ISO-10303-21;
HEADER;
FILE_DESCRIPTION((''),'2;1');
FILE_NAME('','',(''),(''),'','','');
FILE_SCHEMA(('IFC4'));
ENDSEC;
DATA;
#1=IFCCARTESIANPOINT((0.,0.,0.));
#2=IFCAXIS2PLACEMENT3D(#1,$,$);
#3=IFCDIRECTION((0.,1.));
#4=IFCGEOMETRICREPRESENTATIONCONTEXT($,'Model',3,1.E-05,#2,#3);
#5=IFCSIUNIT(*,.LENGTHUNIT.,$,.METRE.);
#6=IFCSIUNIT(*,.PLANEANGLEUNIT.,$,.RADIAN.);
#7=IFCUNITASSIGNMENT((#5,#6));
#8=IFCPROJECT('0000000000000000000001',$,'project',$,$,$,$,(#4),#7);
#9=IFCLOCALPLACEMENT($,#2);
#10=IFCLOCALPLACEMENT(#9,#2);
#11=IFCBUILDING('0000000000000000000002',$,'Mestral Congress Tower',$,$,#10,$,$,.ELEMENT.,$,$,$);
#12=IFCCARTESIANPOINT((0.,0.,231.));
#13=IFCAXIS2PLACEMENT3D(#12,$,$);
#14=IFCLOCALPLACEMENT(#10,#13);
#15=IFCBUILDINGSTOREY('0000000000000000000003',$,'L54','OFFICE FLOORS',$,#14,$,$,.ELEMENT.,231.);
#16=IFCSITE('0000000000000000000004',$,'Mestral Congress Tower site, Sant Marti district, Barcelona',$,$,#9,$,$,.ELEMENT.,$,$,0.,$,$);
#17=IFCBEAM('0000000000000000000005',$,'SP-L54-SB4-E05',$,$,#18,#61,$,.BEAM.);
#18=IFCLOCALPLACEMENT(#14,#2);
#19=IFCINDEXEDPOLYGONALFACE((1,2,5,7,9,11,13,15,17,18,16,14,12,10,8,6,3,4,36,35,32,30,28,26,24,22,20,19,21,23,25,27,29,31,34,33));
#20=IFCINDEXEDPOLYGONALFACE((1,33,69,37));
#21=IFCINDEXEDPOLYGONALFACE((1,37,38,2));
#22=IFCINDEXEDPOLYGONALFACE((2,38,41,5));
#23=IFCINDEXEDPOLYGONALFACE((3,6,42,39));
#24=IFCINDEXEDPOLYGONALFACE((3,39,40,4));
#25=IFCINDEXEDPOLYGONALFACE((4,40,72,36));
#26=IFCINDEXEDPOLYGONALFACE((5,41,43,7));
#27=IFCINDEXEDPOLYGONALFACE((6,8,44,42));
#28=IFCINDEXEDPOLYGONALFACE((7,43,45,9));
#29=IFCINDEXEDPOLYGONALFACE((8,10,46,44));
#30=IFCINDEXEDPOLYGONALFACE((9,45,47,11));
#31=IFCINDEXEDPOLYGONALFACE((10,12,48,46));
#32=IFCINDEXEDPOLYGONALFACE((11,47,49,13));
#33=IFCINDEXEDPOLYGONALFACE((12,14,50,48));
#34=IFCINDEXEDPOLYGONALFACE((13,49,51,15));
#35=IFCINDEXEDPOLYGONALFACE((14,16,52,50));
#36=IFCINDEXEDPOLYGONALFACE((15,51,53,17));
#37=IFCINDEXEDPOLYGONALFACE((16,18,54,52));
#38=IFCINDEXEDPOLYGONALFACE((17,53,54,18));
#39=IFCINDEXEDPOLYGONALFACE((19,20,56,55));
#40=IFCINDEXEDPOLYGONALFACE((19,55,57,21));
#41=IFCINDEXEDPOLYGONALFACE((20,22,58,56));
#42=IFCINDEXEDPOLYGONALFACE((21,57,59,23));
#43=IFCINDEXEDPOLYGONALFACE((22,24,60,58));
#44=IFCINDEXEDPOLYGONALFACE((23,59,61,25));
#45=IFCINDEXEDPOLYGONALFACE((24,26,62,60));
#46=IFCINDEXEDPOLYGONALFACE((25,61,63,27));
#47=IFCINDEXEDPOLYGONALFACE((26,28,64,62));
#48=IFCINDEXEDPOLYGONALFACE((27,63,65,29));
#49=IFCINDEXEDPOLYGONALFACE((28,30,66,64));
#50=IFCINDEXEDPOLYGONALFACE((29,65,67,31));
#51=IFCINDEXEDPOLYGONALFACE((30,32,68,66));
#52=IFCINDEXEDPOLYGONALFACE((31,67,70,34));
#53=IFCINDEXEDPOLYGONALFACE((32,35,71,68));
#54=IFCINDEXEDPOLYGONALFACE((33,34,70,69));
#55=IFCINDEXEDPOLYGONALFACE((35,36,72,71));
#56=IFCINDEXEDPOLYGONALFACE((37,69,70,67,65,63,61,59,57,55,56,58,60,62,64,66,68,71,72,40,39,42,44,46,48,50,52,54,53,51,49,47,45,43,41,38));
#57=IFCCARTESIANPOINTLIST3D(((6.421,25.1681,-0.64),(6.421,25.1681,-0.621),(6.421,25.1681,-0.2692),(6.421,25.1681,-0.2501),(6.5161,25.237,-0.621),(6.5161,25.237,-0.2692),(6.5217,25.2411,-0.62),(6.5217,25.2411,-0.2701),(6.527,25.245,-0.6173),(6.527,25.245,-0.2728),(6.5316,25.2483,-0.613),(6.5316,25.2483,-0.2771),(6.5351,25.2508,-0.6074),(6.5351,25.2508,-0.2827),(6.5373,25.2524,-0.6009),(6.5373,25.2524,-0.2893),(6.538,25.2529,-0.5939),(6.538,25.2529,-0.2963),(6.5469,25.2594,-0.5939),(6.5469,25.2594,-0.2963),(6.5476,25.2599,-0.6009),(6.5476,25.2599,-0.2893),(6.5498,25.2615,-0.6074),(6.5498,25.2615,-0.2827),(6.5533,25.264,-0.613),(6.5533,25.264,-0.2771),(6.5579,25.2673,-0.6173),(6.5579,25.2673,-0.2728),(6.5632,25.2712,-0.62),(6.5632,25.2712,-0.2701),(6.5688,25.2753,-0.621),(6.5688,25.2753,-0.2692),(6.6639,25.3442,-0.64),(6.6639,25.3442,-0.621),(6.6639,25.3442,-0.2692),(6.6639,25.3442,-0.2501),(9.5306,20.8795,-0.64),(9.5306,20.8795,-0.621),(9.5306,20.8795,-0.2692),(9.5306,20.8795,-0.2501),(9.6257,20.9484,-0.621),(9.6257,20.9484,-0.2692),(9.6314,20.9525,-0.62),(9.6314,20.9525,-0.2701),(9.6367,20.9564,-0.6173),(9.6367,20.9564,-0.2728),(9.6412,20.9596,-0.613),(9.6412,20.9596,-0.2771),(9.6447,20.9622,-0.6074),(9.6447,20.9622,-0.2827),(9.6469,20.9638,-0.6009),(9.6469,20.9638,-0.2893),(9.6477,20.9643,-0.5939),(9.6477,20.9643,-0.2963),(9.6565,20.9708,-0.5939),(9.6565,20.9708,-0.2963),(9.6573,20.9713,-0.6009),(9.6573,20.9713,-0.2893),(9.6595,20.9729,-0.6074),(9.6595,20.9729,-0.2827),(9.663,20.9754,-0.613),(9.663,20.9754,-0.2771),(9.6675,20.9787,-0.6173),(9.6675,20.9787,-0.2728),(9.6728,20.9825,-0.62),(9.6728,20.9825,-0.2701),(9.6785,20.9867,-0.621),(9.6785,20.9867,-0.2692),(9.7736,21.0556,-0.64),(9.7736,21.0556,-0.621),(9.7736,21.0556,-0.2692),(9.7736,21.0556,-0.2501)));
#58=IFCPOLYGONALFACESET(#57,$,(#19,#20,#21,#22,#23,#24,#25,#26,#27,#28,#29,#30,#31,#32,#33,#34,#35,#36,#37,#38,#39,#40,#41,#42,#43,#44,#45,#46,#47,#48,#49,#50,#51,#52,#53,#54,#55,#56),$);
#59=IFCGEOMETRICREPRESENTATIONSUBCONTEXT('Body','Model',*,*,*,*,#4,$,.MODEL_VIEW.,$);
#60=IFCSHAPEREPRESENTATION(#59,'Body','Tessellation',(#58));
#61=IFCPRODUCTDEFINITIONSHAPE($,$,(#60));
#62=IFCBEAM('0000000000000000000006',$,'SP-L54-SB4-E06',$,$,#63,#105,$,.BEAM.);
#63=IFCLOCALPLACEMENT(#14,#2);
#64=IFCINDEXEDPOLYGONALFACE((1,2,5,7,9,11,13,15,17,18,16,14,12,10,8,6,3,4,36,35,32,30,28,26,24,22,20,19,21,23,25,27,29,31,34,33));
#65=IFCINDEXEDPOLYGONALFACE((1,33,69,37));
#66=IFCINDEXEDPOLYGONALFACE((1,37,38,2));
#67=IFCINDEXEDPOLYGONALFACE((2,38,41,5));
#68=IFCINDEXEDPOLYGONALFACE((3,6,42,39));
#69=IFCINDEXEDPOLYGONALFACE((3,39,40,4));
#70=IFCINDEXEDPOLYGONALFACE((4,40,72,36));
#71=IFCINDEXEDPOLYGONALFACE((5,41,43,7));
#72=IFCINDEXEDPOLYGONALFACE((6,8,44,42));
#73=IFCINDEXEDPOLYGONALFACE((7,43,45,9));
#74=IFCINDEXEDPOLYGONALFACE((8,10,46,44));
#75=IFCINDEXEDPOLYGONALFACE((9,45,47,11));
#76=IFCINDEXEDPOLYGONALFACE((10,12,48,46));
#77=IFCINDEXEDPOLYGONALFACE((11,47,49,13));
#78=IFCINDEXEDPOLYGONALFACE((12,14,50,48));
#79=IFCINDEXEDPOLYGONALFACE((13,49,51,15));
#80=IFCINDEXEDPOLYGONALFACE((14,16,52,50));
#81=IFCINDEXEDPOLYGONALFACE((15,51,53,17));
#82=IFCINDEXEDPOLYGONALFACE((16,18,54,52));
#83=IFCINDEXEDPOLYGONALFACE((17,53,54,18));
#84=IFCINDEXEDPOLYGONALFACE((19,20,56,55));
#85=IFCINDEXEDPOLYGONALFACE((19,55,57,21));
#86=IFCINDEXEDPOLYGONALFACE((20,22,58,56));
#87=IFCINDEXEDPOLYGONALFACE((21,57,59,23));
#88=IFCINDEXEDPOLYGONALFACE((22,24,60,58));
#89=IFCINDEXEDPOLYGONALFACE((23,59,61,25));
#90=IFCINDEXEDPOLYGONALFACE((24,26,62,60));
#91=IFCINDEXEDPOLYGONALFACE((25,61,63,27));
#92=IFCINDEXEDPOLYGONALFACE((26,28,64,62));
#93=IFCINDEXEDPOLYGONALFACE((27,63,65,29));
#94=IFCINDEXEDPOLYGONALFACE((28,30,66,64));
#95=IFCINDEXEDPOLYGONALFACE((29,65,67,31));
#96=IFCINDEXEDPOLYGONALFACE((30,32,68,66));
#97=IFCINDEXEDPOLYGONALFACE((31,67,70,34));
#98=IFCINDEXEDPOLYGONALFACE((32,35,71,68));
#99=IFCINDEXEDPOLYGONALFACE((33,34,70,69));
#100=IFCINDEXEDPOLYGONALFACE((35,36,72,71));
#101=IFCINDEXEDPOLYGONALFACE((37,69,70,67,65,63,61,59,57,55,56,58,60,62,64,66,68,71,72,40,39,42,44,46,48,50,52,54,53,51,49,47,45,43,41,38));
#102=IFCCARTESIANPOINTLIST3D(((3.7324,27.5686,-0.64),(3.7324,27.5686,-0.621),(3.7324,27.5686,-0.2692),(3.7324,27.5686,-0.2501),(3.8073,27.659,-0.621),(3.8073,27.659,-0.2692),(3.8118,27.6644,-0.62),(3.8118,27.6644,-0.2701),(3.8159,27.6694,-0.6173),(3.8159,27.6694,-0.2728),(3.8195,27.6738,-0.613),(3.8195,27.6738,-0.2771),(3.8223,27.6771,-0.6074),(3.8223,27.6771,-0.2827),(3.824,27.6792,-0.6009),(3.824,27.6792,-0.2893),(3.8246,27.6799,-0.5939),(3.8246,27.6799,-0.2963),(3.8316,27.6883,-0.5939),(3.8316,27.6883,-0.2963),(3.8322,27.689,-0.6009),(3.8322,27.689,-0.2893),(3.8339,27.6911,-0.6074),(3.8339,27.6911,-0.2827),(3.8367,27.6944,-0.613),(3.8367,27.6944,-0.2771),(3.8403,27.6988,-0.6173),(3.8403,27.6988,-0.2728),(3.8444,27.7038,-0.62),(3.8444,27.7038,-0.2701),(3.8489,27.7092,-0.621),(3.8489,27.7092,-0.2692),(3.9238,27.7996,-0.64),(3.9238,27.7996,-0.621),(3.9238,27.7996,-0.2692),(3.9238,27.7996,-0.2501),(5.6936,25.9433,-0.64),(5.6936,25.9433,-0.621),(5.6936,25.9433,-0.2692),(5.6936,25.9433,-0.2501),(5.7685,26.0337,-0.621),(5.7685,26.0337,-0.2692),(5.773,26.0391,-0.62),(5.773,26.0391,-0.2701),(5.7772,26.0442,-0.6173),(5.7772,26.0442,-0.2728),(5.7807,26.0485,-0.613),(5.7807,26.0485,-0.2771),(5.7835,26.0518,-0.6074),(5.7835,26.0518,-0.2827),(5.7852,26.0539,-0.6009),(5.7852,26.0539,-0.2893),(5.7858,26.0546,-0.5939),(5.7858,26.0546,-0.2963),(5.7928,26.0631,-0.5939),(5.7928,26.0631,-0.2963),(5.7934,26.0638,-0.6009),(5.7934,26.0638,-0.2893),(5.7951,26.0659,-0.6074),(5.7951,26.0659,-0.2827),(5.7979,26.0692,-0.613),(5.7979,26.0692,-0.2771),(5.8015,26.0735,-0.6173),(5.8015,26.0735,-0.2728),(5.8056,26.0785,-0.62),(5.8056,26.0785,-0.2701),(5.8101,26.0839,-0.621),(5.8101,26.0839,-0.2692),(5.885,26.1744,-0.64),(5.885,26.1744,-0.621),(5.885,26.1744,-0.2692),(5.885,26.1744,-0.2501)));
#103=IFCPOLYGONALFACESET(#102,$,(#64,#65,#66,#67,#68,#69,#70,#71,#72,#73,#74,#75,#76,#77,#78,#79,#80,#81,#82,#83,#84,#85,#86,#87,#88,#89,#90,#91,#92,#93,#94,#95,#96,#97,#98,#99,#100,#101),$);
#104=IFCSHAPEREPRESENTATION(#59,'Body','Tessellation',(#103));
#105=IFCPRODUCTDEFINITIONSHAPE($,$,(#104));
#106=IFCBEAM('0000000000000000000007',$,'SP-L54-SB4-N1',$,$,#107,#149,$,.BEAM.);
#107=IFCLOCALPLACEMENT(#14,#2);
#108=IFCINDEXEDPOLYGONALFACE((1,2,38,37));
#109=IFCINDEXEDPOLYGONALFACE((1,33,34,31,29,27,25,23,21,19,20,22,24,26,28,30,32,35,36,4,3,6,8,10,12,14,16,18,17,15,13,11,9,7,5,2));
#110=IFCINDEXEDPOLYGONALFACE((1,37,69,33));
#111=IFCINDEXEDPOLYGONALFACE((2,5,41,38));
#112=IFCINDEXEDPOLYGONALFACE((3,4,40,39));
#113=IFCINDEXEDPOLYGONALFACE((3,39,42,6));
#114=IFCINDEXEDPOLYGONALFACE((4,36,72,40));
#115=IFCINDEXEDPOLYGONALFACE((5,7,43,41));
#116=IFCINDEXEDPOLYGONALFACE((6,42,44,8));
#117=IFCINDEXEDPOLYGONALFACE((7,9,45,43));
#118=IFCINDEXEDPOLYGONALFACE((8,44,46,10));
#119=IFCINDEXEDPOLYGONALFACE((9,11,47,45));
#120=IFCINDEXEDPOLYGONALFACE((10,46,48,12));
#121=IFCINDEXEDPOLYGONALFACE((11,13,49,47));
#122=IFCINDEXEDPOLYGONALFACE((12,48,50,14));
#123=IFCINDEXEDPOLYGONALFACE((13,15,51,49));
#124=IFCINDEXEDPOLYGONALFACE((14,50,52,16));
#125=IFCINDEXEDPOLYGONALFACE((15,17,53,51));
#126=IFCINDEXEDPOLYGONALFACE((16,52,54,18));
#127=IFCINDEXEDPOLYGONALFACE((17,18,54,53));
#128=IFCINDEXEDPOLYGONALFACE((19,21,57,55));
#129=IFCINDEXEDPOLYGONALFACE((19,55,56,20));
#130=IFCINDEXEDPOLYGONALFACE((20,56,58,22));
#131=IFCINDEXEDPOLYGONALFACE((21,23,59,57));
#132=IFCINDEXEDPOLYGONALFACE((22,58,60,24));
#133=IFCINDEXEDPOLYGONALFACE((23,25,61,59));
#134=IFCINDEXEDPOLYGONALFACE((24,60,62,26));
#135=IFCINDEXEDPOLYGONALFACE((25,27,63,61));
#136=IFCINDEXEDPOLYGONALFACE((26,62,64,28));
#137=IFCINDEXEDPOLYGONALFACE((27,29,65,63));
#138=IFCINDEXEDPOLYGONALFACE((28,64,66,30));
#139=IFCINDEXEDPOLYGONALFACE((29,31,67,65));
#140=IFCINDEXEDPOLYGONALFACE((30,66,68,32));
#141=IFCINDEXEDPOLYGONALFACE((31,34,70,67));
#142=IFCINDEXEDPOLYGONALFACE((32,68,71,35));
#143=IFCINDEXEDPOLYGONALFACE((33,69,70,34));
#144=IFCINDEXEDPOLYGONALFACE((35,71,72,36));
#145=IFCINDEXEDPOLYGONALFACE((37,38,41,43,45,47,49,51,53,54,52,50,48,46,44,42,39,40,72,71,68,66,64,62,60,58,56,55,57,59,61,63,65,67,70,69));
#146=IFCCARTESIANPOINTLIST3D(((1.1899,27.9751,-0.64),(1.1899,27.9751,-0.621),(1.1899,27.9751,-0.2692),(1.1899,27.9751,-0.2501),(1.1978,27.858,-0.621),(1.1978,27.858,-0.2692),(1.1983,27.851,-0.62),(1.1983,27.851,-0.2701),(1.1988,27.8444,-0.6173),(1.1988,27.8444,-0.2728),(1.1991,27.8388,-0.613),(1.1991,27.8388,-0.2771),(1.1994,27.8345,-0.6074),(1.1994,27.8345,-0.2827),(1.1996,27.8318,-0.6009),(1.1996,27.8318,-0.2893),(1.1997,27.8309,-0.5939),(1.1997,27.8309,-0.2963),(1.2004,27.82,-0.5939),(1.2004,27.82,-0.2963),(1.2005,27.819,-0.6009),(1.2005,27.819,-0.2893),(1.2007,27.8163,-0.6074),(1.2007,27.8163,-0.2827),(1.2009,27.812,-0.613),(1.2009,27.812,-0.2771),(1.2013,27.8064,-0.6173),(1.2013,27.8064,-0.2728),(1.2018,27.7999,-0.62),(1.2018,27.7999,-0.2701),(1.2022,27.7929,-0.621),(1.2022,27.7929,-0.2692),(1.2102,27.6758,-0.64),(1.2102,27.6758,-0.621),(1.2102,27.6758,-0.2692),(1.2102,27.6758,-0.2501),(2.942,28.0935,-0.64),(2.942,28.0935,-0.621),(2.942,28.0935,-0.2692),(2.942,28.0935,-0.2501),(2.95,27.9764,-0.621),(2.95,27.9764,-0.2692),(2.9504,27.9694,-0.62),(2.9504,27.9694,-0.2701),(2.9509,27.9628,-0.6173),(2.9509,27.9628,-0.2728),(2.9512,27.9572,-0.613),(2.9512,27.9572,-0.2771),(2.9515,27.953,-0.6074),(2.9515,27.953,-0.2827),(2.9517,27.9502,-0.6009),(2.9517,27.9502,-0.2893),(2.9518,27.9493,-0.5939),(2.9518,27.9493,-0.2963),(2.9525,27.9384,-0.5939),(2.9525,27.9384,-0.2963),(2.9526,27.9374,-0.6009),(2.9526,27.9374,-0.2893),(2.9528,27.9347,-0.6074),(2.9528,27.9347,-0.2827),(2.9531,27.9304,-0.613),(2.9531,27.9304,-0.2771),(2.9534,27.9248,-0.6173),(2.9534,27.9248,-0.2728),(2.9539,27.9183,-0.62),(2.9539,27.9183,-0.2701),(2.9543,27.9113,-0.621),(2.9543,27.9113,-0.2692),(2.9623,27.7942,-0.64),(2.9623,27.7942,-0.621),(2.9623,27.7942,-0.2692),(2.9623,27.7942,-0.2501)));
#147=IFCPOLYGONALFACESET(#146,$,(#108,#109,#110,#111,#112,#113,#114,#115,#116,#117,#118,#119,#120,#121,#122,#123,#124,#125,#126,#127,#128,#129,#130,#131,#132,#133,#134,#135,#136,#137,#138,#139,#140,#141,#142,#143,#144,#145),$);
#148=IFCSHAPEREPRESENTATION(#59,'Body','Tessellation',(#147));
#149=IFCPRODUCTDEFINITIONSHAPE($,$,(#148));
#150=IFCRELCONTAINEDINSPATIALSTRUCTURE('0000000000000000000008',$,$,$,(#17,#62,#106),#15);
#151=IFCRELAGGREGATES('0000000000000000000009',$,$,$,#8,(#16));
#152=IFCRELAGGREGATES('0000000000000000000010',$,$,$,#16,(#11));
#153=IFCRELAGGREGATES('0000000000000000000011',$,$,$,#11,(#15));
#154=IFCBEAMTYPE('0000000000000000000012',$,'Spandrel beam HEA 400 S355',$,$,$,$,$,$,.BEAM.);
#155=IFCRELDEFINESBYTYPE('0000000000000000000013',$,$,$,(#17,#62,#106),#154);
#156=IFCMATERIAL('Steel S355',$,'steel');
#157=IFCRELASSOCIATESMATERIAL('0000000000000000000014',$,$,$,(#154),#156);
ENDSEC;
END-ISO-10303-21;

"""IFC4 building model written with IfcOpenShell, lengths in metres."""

from ifc_helpers import new_model, si_unit, direction, frame, origin, origin_2d, place, context, subcontext, project, spatial, i_section, extrude, material, material_profile, profile_set, type_object, element, save


model = new_model("IFC4")

# Units and contexts
model_context = context("Model", 3, precision=1e-05, world=origin(), true_north=direction((0.0, 1.0)))
body_context = subcontext(model_context, "Body", "Model", "MODEL_VIEW")
ifc_project = project(units=[si_unit("LENGTHUNIT", "METRE"), si_unit("PLANEANGLEUNIT", "RADIAN")], contexts=[model_context])

# Site, building, storey
site_placement = place(None, origin())
site = spatial("IfcSite", under=ifc_project, at=site_placement, Name="Mestral Congress Tower site, Sant Marti district, Barcelona", CompositionType="ELEMENT", RefElevation=0.0)
building_placement = place(site_placement, origin())
building = spatial("IfcBuilding", under=site, at=building_placement, Name="Mestral Congress Tower", CompositionType="ELEMENT")
storey_placement = place(building_placement, frame((0.0, 0.0, 231.0)))
storey = spatial("IfcBuildingStorey", under=building, at=storey_placement, Name="L54", Description="OFFICE FLOORS", CompositionType="ELEMENT", Elevation=231.0)

# Beams
ifc_material_1 = material(Name="Steel S355", Category="steel")
ifc_material_profile_1 = material_profile(ifc_material_1, i_section(OverallWidth=0.3, OverallDepth=0.3899, WebThickness=0.011, FlangeThickness=0.019, FilletRadius=0.0271, at=origin_2d()), Name="HEA 400")
ifc_profile_set_1 = profile_set([ifc_material_profile_1], Name="Steel S355")
beam_type_1 = type_object("IfcBeamType", Name="Spandrel beam HEA 400 S355", PredefinedType="BEAM", material=ifc_profile_set_1)
beam_1_placement = place(storey_placement, frame((9.6521, 20.9675, -0.4451), z_axis=(-0.587017, 0.809574, 0.0), x_axis=(-0.809574, -0.587017, 0.0)))
element("IfcBeam", 1, at=beam_1_placement, inside=storey, type_object=beam_type_1, Name="SP-L54-SB4-E05", PredefinedType="BEAM", context=body_context, shape_type="SweptSolid", body=[
    extrude(i_section(OverallWidth=0.3, OverallDepth=0.3899, WebThickness=0.011, FlangeThickness=0.019, FilletRadius=0.0271, at=origin_2d()), origin(), (0.0, 0.0, 1.0), 5.2974),
])
beam_2_placement = place(storey_placement, frame((5.7893, 26.0588, -0.4451), z_axis=(-0.76997, 0.63808, 0.0), x_axis=(-0.63808, -0.76997, 0.0)))
element("IfcBeam", 2, at=beam_2_placement, inside=storey, type_object=beam_type_1, Name="SP-L54-SB4-E06", PredefinedType="BEAM", context=body_context, shape_type="SweptSolid", body=[
    extrude(i_section(OverallWidth=0.3, OverallDepth=0.3899, WebThickness=0.011, FlangeThickness=0.019, FilletRadius=0.0271, at=origin_2d()), origin(), (0.0, 0.0, 1.0), 2.5471),
])
beam_3_placement = place(storey_placement, frame((2.9521, 27.9438, -0.4451), z_axis=(-0.997724, -0.067423, 0.0), x_axis=(0.067423, -0.997724, 0.0)))
element("IfcBeam", 3, at=beam_3_placement, inside=storey, type_object=beam_type_1, Name="SP-L54-SB4-N1", PredefinedType="BEAM", context=body_context, shape_type="SweptSolid", body=[
    extrude(i_section(OverallWidth=0.3, OverallDepth=0.3899, WebThickness=0.011, FlangeThickness=0.019, FilletRadius=0.0271, at=origin_2d()), origin(), (0.0, 0.0, 1.0), 1.7561),
])

save(model, "model.ifc")
